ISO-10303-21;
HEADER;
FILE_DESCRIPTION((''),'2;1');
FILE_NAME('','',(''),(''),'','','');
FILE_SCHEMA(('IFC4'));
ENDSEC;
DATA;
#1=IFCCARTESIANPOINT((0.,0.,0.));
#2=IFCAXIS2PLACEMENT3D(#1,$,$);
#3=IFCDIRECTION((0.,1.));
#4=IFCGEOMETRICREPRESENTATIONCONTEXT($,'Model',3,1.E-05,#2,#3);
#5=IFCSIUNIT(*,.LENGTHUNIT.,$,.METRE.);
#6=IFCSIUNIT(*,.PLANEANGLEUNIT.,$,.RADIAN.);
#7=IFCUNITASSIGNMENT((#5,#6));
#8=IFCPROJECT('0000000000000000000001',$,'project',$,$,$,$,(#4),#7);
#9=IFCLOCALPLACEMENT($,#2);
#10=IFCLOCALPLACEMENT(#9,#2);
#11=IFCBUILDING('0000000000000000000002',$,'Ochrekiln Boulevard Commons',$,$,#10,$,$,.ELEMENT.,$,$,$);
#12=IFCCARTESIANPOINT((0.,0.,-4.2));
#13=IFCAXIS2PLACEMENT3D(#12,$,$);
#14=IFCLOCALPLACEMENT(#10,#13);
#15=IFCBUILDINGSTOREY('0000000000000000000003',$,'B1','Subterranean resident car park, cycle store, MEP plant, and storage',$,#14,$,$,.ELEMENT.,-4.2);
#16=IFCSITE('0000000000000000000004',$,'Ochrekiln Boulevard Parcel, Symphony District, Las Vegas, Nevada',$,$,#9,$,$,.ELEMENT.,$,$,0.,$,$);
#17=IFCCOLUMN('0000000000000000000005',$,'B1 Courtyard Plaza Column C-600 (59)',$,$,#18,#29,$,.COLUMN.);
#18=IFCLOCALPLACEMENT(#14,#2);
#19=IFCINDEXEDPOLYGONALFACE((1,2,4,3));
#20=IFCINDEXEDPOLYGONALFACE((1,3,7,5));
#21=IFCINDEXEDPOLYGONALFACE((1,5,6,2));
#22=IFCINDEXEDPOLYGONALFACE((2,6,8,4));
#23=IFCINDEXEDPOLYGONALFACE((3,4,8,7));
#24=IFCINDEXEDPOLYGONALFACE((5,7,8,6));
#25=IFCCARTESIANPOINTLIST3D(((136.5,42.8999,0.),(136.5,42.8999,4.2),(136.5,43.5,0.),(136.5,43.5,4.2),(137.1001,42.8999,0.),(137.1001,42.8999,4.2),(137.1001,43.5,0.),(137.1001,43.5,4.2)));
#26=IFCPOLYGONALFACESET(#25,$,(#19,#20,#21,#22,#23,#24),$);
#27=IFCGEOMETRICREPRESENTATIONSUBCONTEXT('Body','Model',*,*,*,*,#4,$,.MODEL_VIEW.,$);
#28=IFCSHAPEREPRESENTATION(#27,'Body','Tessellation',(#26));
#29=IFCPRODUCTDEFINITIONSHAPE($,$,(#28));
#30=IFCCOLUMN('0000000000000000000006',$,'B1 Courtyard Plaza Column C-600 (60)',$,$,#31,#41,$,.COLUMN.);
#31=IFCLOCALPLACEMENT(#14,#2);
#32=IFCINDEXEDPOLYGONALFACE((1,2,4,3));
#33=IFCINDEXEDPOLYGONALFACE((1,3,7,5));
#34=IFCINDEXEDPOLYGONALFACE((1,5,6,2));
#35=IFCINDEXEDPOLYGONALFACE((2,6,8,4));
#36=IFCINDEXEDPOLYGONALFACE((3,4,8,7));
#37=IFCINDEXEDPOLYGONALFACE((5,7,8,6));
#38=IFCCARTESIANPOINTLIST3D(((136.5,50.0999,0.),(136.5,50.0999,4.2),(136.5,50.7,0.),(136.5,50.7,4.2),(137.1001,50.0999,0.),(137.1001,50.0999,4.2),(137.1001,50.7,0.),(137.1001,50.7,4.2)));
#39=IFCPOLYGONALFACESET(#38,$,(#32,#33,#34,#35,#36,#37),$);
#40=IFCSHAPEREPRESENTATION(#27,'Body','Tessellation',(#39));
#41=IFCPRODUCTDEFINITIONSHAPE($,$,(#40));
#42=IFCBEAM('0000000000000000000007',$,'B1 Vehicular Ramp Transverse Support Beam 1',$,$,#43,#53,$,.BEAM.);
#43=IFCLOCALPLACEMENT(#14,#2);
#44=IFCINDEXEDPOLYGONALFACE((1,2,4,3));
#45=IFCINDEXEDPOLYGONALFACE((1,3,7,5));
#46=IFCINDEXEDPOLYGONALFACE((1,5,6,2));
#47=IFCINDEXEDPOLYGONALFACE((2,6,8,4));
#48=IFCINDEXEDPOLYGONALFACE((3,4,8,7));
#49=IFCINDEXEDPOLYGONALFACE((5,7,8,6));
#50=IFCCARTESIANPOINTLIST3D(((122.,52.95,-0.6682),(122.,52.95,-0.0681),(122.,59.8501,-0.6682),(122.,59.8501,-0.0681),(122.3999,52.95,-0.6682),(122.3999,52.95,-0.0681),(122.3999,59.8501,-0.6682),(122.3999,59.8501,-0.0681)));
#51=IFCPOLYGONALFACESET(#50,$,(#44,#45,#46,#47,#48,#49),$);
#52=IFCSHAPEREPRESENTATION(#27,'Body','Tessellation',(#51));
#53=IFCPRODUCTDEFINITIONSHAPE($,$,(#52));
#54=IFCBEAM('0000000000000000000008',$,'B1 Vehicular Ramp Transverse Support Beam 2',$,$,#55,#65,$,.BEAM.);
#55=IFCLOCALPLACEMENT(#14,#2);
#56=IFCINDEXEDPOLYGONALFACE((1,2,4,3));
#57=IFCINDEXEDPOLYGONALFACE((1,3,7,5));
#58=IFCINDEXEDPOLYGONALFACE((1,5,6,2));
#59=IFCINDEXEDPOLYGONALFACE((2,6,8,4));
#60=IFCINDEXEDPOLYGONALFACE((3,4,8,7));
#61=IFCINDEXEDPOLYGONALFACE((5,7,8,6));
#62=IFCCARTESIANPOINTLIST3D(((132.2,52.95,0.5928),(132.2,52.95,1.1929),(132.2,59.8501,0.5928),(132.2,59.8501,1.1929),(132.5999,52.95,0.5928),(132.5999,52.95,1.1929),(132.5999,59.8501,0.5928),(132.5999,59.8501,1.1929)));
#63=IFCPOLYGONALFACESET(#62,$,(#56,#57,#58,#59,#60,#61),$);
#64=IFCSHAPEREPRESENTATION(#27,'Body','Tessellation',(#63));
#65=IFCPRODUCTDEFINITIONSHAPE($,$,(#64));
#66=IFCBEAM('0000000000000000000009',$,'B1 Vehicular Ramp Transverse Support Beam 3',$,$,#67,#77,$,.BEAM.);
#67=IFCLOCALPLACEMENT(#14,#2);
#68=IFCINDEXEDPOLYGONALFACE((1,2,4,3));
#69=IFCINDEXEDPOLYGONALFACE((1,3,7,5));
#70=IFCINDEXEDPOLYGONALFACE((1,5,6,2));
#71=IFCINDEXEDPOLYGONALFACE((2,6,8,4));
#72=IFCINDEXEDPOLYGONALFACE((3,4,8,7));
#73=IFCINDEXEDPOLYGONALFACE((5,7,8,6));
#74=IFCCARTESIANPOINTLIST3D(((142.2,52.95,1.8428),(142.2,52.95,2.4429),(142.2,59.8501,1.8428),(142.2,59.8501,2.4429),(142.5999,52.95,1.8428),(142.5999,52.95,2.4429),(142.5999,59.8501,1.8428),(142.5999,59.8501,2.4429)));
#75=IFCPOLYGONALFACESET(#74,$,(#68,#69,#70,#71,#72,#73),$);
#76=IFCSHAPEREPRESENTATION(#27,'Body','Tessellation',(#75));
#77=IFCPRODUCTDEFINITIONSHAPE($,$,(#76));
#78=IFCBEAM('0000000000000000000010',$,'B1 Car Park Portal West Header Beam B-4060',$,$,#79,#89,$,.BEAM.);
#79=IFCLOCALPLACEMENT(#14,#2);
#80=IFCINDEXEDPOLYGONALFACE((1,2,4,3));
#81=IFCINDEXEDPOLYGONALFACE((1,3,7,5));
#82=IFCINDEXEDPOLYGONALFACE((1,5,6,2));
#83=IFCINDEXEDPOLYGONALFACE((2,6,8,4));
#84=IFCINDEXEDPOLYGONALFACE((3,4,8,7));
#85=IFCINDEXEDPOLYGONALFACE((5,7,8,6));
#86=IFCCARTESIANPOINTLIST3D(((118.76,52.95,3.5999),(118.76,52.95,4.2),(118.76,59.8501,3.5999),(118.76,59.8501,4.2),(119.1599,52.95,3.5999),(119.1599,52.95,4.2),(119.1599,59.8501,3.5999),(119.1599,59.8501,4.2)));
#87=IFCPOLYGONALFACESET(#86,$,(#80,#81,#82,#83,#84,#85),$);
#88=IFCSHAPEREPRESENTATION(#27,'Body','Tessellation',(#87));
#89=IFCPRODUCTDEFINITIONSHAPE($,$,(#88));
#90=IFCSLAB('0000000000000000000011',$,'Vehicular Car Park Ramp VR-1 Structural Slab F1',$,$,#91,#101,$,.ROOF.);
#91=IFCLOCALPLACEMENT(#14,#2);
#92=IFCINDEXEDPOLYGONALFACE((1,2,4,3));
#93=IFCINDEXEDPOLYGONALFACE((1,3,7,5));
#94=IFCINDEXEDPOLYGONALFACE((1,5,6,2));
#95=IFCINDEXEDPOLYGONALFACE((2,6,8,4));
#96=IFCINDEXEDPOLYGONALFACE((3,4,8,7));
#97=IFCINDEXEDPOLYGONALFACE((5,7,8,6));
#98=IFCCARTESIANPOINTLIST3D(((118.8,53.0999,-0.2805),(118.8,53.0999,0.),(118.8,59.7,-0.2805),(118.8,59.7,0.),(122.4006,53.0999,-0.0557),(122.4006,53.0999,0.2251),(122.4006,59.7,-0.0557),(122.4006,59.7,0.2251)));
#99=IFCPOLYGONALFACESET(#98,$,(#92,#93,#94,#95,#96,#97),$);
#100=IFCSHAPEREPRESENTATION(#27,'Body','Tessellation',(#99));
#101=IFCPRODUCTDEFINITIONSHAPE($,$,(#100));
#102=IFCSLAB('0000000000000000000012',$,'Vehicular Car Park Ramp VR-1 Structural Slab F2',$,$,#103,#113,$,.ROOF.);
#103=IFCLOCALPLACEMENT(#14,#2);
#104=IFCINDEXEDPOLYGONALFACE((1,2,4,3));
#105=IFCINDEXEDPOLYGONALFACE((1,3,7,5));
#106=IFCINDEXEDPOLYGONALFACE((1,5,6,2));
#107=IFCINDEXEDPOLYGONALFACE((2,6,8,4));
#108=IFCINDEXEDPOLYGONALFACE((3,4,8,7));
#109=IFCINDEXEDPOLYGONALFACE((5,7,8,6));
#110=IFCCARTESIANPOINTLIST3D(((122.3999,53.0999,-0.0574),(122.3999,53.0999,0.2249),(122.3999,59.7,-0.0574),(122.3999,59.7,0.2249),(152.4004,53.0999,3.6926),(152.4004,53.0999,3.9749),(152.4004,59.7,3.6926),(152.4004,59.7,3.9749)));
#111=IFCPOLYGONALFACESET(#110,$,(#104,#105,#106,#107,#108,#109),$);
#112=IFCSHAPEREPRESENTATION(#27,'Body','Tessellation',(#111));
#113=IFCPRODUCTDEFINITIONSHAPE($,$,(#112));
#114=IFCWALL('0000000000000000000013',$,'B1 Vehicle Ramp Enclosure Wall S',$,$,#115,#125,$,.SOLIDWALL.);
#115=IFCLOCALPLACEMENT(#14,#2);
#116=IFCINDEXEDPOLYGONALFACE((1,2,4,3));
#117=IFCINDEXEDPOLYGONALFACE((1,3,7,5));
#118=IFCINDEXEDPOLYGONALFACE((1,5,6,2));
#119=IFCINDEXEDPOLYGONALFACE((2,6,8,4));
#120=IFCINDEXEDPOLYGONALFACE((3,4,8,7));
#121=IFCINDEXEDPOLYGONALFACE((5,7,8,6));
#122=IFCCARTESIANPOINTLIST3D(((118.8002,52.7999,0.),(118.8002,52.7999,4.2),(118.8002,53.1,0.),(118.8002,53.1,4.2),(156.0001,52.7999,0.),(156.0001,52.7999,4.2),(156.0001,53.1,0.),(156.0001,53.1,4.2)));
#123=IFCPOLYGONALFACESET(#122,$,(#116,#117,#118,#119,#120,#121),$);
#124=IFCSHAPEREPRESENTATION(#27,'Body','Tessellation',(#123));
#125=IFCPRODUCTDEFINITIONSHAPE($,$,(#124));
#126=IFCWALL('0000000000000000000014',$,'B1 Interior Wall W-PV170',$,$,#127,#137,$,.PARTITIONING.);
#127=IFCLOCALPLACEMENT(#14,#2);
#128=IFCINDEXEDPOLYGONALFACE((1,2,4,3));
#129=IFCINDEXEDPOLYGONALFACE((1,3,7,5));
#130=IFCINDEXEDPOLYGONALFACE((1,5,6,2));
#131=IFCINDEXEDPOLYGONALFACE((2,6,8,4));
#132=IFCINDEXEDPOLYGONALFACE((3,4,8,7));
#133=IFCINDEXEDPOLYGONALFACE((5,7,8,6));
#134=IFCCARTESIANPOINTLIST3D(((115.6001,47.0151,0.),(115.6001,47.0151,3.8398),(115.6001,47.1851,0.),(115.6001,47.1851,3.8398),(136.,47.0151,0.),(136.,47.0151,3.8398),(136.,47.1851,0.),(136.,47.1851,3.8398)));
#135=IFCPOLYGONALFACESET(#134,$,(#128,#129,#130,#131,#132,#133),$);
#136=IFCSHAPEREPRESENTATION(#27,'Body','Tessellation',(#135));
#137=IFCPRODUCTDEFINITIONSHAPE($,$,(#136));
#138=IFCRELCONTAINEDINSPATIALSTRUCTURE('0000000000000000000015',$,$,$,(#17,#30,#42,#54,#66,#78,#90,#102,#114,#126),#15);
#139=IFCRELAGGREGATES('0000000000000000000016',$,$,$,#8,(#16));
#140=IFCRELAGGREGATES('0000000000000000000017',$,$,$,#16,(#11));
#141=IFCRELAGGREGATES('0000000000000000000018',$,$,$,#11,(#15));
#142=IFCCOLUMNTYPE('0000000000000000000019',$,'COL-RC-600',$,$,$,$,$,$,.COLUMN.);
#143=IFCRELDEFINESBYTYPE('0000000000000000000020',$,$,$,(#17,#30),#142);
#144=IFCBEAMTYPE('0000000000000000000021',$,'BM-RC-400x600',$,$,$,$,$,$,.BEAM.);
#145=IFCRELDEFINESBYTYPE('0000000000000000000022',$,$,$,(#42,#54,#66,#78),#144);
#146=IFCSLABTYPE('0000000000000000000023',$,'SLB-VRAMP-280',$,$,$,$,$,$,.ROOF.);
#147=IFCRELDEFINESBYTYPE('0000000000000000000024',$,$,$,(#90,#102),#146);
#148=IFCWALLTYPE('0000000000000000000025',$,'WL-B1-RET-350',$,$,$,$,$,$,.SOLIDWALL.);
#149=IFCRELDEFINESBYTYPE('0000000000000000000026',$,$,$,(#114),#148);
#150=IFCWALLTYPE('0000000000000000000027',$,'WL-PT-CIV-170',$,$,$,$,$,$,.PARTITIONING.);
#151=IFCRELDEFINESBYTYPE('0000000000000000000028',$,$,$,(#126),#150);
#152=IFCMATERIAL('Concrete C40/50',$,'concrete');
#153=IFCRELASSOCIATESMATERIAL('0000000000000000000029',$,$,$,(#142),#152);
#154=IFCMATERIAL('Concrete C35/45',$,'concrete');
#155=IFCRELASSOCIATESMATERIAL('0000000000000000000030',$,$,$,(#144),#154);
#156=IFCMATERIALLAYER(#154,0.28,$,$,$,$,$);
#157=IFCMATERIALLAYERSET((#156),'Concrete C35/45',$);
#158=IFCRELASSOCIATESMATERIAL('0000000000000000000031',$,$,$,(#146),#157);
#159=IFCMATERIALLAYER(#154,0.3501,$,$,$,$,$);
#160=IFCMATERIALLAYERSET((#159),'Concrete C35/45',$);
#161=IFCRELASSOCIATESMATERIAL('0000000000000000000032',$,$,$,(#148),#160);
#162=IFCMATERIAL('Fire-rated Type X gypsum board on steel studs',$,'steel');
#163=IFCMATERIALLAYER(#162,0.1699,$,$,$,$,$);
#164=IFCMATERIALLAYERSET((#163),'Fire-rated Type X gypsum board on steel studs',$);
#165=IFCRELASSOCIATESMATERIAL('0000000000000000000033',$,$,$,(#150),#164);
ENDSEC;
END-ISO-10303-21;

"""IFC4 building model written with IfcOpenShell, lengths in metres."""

from ifc_helpers import new_model, si_unit, direction, frame, frame_2d, origin, origin_2d, place, context, subcontext, project, spatial, polyline, rectangle, outline, extrude, material, layer, layer_set, material_profile, profile_set, type_object, element, save


model = new_model("IFC4")

# Units and contexts
model_context = context("Model", 3, precision=1e-05, world=origin(), true_north=direction((0.0, 1.0)))
body_context = subcontext(model_context, "Body", "Model", "MODEL_VIEW")
ifc_project = project(units=[si_unit("LENGTHUNIT", "METRE"), si_unit("PLANEANGLEUNIT", "RADIAN")], contexts=[model_context])

# Site, building, storey
site_placement = place(None, origin())
site = spatial("IfcSite", under=ifc_project, at=site_placement, Name="Ochrekiln Boulevard Parcel, Symphony District, Las Vegas, Nevada", CompositionType="ELEMENT", RefElevation=0.0)
building_placement = place(site_placement, origin())
building = spatial("IfcBuilding", under=site, at=building_placement, Name="Ochrekiln Boulevard Commons", CompositionType="ELEMENT")
storey_placement = place(building_placement, frame((0.0, 0.0, -4.2)))
storey = spatial("IfcBuildingStorey", under=building, at=storey_placement, Name="B1", Description="Subterranean resident car park, cycle store, MEP plant, and storage", CompositionType="ELEMENT", Elevation=-4.2)

# Shared definitions
ifc_material_1 = material(Name="Concrete C35/45", Category="concrete")

# Columns
ifc_material_2 = material(Name="Concrete C40/50", Category="concrete")
ifc_material_profile_1 = material_profile(ifc_material_2, rectangle(XDim=0.6001, YDim=0.6001, at=origin_2d()), Name="RC-COL-600x600")
ifc_profile_set_1 = profile_set([ifc_material_profile_1], Name="Concrete C40/50")
column_type = type_object("IfcColumnType", Name="COL-RC-600", PredefinedType="COLUMN", material=ifc_profile_set_1)
for number, where, z_axis, x_axis, name in (
    (1, (136.8, 43.2, 0.0), (0.0, 0.0, 1.0), (1.0, 0.0, 0.0), "B1 Courtyard Plaza Column C-600 (59)"),
    (2, (136.8, 50.3999, 0.0), (0.0, 0.0, 1.0), (1.0, 0.0, 0.0), "B1 Courtyard Plaza Column C-600 (60)"),
):
    element("IfcColumn", number, at=place(storey_placement, frame(where, z_axis=z_axis, x_axis=x_axis)), inside=storey, type_object=column_type, Name=name, PredefinedType="COLUMN", context=body_context, shape_type="SweptSolid", body=[
        extrude(rectangle(XDim=0.6001, YDim=0.6001, at=origin_2d()), origin(), (0.0, 0.0, 1.0), 4.2),
    ])

# Beams
ifc_material_profile_2 = material_profile(ifc_material_1, rectangle(XDim=0.3999, YDim=0.6001, at=origin_2d()), Name="RC-BM-400x600")
ifc_profile_set_2 = profile_set([ifc_material_profile_2], Name="Concrete C35/45")
beam_type = type_object("IfcBeamType", Name="BM-RC-400x600", PredefinedType="BEAM", material=ifc_profile_set_2)
for number, where, z_axis, x_axis, name in (
    (3, (122.2, 52.95, -0.3682), (0.0, 1.0, 0.0), (-1.0, 0.0, 0.0), "B1 Vehicular Ramp Transverse Support Beam 1"),
    (4, (132.3999, 52.95, 0.8928), (0.0, 1.0, 0.0), (-1.0, 0.0, 0.0), "B1 Vehicular Ramp Transverse Support Beam 2"),
    (5, (142.3999, 52.95, 2.1428), (0.0, 1.0, 0.0), (-1.0, 0.0, 0.0), "B1 Vehicular Ramp Transverse Support Beam 3"),
    (6, (118.96, 52.95, 3.8999), (0.0, 1.0, 0.0), (-1.0, 0.0, 0.0), "B1 Car Park Portal West Header Beam B-4060"),
):
    element("IfcBeam", number, at=place(storey_placement, frame(where, z_axis=z_axis, x_axis=x_axis)), inside=storey, type_object=beam_type, Name=name, PredefinedType="BEAM", context=body_context, shape_type="SweptSolid", body=[
        extrude(rectangle(XDim=0.3999, YDim=0.6001, at=origin_2d()), origin(), (0.0, 0.0, 1.0), 6.9001),
    ])

# Slabs
ifc_layer_1 = layer(ifc_material_1, 0.28)
ifc_layer_set_1 = layer_set([ifc_layer_1], Name="Concrete C35/45")
slab_type = type_object("IfcSlabType", Name="SLB-VRAMP-280", PredefinedType="ROOF", material=ifc_layer_set_1)
slab_1_placement = place(storey_placement, frame((118.8, 59.7, 0.0), z_axis=(0.0, -1.0, 0.0), x_axis=(1.0, 0.0, 0.0)))
element("IfcSlab", 7, at=slab_1_placement, inside=storey, type_object=slab_type, Name="Vehicular Car Park Ramp VR-1 Structural Slab F1", PredefinedType="ROOF", context=body_context, shape_type="SweptSolid", body=[
    extrude(outline(polyline([(0.0, 0.0), (3.6006, 0.2251), (3.6006, -0.0557), (0.0, -0.2805), (0.0, 0.0)])), origin(), (0.0, 0.0, 1.0), 6.6001),
])
slab_2_placement = place(storey_placement, frame((122.3999, 59.7, 0.2249), z_axis=(0.0, -1.0, 0.0), x_axis=(1.0, 0.0, 0.0)))
element("IfcSlab", 8, at=slab_2_placement, inside=storey, type_object=slab_type, Name="Vehicular Car Park Ramp VR-1 Structural Slab F2", PredefinedType="ROOF", context=body_context, shape_type="SweptSolid", body=[
    extrude(outline(polyline([(0.0, 0.0), (30.0005, 3.75), (30.0005, 3.4678), (0.0, -0.2822), (0.0, 0.0)])), origin(), (0.0, 0.0, 1.0), 6.6001),
])

# Walls
ifc_layer_2 = layer(ifc_material_1, 0.3501)
ifc_layer_set_2 = layer_set([ifc_layer_2], Name="Concrete C35/45")
wall_type_1 = type_object("IfcWallType", Name="WL-B1-RET-350", PredefinedType="SOLIDWALL", material=ifc_layer_set_2)
wall_1_placement = place(storey_placement, frame((118.8, 52.95, 0.0), z_axis=(0.0, 0.0, 1.0), x_axis=(1.0, 0.0, 0.0)))
element("IfcWall", 9, at=wall_1_placement, inside=storey, type_object=wall_type_1, Name="B1 Vehicle Ramp Enclosure Wall S", PredefinedType="SOLIDWALL", context=body_context, shape_type="SweptSolid", body=[
    extrude(rectangle(XDim=37.2, YDim=0.3, at=frame_2d((18.6001, 0.0))), origin(), (0.0, 0.0, 1.0), 4.2),
])
ifc_material_3 = material(Name="Fire-rated Type X gypsum board on steel studs", Category="steel")
ifc_layer_3 = layer(ifc_material_3, 0.1699)
ifc_layer_set_3 = layer_set([ifc_layer_3], Name="Fire-rated Type X gypsum board on steel studs")
wall_type_2 = type_object("IfcWallType", Name="WL-PT-CIV-170", PredefinedType="PARTITIONING", material=ifc_layer_set_3)
wall_2_placement = place(storey_placement, frame((115.6001, 47.1001, 0.0), z_axis=(0.0, 0.0, 1.0), x_axis=(1.0, 0.0, 0.0)))
element("IfcWall", 10, at=wall_2_placement, inside=storey, type_object=wall_type_2, Name="B1 Interior Wall W-PV170", PredefinedType="PARTITIONING", context=body_context, shape_type="SweptSolid", body=[
    extrude(rectangle(XDim=20.3999, YDim=0.1699, at=frame_2d((10.2, 0.0))), origin(), (0.0, 0.0, 1.0), 3.8398),
])

save(model, "model.ifc")
